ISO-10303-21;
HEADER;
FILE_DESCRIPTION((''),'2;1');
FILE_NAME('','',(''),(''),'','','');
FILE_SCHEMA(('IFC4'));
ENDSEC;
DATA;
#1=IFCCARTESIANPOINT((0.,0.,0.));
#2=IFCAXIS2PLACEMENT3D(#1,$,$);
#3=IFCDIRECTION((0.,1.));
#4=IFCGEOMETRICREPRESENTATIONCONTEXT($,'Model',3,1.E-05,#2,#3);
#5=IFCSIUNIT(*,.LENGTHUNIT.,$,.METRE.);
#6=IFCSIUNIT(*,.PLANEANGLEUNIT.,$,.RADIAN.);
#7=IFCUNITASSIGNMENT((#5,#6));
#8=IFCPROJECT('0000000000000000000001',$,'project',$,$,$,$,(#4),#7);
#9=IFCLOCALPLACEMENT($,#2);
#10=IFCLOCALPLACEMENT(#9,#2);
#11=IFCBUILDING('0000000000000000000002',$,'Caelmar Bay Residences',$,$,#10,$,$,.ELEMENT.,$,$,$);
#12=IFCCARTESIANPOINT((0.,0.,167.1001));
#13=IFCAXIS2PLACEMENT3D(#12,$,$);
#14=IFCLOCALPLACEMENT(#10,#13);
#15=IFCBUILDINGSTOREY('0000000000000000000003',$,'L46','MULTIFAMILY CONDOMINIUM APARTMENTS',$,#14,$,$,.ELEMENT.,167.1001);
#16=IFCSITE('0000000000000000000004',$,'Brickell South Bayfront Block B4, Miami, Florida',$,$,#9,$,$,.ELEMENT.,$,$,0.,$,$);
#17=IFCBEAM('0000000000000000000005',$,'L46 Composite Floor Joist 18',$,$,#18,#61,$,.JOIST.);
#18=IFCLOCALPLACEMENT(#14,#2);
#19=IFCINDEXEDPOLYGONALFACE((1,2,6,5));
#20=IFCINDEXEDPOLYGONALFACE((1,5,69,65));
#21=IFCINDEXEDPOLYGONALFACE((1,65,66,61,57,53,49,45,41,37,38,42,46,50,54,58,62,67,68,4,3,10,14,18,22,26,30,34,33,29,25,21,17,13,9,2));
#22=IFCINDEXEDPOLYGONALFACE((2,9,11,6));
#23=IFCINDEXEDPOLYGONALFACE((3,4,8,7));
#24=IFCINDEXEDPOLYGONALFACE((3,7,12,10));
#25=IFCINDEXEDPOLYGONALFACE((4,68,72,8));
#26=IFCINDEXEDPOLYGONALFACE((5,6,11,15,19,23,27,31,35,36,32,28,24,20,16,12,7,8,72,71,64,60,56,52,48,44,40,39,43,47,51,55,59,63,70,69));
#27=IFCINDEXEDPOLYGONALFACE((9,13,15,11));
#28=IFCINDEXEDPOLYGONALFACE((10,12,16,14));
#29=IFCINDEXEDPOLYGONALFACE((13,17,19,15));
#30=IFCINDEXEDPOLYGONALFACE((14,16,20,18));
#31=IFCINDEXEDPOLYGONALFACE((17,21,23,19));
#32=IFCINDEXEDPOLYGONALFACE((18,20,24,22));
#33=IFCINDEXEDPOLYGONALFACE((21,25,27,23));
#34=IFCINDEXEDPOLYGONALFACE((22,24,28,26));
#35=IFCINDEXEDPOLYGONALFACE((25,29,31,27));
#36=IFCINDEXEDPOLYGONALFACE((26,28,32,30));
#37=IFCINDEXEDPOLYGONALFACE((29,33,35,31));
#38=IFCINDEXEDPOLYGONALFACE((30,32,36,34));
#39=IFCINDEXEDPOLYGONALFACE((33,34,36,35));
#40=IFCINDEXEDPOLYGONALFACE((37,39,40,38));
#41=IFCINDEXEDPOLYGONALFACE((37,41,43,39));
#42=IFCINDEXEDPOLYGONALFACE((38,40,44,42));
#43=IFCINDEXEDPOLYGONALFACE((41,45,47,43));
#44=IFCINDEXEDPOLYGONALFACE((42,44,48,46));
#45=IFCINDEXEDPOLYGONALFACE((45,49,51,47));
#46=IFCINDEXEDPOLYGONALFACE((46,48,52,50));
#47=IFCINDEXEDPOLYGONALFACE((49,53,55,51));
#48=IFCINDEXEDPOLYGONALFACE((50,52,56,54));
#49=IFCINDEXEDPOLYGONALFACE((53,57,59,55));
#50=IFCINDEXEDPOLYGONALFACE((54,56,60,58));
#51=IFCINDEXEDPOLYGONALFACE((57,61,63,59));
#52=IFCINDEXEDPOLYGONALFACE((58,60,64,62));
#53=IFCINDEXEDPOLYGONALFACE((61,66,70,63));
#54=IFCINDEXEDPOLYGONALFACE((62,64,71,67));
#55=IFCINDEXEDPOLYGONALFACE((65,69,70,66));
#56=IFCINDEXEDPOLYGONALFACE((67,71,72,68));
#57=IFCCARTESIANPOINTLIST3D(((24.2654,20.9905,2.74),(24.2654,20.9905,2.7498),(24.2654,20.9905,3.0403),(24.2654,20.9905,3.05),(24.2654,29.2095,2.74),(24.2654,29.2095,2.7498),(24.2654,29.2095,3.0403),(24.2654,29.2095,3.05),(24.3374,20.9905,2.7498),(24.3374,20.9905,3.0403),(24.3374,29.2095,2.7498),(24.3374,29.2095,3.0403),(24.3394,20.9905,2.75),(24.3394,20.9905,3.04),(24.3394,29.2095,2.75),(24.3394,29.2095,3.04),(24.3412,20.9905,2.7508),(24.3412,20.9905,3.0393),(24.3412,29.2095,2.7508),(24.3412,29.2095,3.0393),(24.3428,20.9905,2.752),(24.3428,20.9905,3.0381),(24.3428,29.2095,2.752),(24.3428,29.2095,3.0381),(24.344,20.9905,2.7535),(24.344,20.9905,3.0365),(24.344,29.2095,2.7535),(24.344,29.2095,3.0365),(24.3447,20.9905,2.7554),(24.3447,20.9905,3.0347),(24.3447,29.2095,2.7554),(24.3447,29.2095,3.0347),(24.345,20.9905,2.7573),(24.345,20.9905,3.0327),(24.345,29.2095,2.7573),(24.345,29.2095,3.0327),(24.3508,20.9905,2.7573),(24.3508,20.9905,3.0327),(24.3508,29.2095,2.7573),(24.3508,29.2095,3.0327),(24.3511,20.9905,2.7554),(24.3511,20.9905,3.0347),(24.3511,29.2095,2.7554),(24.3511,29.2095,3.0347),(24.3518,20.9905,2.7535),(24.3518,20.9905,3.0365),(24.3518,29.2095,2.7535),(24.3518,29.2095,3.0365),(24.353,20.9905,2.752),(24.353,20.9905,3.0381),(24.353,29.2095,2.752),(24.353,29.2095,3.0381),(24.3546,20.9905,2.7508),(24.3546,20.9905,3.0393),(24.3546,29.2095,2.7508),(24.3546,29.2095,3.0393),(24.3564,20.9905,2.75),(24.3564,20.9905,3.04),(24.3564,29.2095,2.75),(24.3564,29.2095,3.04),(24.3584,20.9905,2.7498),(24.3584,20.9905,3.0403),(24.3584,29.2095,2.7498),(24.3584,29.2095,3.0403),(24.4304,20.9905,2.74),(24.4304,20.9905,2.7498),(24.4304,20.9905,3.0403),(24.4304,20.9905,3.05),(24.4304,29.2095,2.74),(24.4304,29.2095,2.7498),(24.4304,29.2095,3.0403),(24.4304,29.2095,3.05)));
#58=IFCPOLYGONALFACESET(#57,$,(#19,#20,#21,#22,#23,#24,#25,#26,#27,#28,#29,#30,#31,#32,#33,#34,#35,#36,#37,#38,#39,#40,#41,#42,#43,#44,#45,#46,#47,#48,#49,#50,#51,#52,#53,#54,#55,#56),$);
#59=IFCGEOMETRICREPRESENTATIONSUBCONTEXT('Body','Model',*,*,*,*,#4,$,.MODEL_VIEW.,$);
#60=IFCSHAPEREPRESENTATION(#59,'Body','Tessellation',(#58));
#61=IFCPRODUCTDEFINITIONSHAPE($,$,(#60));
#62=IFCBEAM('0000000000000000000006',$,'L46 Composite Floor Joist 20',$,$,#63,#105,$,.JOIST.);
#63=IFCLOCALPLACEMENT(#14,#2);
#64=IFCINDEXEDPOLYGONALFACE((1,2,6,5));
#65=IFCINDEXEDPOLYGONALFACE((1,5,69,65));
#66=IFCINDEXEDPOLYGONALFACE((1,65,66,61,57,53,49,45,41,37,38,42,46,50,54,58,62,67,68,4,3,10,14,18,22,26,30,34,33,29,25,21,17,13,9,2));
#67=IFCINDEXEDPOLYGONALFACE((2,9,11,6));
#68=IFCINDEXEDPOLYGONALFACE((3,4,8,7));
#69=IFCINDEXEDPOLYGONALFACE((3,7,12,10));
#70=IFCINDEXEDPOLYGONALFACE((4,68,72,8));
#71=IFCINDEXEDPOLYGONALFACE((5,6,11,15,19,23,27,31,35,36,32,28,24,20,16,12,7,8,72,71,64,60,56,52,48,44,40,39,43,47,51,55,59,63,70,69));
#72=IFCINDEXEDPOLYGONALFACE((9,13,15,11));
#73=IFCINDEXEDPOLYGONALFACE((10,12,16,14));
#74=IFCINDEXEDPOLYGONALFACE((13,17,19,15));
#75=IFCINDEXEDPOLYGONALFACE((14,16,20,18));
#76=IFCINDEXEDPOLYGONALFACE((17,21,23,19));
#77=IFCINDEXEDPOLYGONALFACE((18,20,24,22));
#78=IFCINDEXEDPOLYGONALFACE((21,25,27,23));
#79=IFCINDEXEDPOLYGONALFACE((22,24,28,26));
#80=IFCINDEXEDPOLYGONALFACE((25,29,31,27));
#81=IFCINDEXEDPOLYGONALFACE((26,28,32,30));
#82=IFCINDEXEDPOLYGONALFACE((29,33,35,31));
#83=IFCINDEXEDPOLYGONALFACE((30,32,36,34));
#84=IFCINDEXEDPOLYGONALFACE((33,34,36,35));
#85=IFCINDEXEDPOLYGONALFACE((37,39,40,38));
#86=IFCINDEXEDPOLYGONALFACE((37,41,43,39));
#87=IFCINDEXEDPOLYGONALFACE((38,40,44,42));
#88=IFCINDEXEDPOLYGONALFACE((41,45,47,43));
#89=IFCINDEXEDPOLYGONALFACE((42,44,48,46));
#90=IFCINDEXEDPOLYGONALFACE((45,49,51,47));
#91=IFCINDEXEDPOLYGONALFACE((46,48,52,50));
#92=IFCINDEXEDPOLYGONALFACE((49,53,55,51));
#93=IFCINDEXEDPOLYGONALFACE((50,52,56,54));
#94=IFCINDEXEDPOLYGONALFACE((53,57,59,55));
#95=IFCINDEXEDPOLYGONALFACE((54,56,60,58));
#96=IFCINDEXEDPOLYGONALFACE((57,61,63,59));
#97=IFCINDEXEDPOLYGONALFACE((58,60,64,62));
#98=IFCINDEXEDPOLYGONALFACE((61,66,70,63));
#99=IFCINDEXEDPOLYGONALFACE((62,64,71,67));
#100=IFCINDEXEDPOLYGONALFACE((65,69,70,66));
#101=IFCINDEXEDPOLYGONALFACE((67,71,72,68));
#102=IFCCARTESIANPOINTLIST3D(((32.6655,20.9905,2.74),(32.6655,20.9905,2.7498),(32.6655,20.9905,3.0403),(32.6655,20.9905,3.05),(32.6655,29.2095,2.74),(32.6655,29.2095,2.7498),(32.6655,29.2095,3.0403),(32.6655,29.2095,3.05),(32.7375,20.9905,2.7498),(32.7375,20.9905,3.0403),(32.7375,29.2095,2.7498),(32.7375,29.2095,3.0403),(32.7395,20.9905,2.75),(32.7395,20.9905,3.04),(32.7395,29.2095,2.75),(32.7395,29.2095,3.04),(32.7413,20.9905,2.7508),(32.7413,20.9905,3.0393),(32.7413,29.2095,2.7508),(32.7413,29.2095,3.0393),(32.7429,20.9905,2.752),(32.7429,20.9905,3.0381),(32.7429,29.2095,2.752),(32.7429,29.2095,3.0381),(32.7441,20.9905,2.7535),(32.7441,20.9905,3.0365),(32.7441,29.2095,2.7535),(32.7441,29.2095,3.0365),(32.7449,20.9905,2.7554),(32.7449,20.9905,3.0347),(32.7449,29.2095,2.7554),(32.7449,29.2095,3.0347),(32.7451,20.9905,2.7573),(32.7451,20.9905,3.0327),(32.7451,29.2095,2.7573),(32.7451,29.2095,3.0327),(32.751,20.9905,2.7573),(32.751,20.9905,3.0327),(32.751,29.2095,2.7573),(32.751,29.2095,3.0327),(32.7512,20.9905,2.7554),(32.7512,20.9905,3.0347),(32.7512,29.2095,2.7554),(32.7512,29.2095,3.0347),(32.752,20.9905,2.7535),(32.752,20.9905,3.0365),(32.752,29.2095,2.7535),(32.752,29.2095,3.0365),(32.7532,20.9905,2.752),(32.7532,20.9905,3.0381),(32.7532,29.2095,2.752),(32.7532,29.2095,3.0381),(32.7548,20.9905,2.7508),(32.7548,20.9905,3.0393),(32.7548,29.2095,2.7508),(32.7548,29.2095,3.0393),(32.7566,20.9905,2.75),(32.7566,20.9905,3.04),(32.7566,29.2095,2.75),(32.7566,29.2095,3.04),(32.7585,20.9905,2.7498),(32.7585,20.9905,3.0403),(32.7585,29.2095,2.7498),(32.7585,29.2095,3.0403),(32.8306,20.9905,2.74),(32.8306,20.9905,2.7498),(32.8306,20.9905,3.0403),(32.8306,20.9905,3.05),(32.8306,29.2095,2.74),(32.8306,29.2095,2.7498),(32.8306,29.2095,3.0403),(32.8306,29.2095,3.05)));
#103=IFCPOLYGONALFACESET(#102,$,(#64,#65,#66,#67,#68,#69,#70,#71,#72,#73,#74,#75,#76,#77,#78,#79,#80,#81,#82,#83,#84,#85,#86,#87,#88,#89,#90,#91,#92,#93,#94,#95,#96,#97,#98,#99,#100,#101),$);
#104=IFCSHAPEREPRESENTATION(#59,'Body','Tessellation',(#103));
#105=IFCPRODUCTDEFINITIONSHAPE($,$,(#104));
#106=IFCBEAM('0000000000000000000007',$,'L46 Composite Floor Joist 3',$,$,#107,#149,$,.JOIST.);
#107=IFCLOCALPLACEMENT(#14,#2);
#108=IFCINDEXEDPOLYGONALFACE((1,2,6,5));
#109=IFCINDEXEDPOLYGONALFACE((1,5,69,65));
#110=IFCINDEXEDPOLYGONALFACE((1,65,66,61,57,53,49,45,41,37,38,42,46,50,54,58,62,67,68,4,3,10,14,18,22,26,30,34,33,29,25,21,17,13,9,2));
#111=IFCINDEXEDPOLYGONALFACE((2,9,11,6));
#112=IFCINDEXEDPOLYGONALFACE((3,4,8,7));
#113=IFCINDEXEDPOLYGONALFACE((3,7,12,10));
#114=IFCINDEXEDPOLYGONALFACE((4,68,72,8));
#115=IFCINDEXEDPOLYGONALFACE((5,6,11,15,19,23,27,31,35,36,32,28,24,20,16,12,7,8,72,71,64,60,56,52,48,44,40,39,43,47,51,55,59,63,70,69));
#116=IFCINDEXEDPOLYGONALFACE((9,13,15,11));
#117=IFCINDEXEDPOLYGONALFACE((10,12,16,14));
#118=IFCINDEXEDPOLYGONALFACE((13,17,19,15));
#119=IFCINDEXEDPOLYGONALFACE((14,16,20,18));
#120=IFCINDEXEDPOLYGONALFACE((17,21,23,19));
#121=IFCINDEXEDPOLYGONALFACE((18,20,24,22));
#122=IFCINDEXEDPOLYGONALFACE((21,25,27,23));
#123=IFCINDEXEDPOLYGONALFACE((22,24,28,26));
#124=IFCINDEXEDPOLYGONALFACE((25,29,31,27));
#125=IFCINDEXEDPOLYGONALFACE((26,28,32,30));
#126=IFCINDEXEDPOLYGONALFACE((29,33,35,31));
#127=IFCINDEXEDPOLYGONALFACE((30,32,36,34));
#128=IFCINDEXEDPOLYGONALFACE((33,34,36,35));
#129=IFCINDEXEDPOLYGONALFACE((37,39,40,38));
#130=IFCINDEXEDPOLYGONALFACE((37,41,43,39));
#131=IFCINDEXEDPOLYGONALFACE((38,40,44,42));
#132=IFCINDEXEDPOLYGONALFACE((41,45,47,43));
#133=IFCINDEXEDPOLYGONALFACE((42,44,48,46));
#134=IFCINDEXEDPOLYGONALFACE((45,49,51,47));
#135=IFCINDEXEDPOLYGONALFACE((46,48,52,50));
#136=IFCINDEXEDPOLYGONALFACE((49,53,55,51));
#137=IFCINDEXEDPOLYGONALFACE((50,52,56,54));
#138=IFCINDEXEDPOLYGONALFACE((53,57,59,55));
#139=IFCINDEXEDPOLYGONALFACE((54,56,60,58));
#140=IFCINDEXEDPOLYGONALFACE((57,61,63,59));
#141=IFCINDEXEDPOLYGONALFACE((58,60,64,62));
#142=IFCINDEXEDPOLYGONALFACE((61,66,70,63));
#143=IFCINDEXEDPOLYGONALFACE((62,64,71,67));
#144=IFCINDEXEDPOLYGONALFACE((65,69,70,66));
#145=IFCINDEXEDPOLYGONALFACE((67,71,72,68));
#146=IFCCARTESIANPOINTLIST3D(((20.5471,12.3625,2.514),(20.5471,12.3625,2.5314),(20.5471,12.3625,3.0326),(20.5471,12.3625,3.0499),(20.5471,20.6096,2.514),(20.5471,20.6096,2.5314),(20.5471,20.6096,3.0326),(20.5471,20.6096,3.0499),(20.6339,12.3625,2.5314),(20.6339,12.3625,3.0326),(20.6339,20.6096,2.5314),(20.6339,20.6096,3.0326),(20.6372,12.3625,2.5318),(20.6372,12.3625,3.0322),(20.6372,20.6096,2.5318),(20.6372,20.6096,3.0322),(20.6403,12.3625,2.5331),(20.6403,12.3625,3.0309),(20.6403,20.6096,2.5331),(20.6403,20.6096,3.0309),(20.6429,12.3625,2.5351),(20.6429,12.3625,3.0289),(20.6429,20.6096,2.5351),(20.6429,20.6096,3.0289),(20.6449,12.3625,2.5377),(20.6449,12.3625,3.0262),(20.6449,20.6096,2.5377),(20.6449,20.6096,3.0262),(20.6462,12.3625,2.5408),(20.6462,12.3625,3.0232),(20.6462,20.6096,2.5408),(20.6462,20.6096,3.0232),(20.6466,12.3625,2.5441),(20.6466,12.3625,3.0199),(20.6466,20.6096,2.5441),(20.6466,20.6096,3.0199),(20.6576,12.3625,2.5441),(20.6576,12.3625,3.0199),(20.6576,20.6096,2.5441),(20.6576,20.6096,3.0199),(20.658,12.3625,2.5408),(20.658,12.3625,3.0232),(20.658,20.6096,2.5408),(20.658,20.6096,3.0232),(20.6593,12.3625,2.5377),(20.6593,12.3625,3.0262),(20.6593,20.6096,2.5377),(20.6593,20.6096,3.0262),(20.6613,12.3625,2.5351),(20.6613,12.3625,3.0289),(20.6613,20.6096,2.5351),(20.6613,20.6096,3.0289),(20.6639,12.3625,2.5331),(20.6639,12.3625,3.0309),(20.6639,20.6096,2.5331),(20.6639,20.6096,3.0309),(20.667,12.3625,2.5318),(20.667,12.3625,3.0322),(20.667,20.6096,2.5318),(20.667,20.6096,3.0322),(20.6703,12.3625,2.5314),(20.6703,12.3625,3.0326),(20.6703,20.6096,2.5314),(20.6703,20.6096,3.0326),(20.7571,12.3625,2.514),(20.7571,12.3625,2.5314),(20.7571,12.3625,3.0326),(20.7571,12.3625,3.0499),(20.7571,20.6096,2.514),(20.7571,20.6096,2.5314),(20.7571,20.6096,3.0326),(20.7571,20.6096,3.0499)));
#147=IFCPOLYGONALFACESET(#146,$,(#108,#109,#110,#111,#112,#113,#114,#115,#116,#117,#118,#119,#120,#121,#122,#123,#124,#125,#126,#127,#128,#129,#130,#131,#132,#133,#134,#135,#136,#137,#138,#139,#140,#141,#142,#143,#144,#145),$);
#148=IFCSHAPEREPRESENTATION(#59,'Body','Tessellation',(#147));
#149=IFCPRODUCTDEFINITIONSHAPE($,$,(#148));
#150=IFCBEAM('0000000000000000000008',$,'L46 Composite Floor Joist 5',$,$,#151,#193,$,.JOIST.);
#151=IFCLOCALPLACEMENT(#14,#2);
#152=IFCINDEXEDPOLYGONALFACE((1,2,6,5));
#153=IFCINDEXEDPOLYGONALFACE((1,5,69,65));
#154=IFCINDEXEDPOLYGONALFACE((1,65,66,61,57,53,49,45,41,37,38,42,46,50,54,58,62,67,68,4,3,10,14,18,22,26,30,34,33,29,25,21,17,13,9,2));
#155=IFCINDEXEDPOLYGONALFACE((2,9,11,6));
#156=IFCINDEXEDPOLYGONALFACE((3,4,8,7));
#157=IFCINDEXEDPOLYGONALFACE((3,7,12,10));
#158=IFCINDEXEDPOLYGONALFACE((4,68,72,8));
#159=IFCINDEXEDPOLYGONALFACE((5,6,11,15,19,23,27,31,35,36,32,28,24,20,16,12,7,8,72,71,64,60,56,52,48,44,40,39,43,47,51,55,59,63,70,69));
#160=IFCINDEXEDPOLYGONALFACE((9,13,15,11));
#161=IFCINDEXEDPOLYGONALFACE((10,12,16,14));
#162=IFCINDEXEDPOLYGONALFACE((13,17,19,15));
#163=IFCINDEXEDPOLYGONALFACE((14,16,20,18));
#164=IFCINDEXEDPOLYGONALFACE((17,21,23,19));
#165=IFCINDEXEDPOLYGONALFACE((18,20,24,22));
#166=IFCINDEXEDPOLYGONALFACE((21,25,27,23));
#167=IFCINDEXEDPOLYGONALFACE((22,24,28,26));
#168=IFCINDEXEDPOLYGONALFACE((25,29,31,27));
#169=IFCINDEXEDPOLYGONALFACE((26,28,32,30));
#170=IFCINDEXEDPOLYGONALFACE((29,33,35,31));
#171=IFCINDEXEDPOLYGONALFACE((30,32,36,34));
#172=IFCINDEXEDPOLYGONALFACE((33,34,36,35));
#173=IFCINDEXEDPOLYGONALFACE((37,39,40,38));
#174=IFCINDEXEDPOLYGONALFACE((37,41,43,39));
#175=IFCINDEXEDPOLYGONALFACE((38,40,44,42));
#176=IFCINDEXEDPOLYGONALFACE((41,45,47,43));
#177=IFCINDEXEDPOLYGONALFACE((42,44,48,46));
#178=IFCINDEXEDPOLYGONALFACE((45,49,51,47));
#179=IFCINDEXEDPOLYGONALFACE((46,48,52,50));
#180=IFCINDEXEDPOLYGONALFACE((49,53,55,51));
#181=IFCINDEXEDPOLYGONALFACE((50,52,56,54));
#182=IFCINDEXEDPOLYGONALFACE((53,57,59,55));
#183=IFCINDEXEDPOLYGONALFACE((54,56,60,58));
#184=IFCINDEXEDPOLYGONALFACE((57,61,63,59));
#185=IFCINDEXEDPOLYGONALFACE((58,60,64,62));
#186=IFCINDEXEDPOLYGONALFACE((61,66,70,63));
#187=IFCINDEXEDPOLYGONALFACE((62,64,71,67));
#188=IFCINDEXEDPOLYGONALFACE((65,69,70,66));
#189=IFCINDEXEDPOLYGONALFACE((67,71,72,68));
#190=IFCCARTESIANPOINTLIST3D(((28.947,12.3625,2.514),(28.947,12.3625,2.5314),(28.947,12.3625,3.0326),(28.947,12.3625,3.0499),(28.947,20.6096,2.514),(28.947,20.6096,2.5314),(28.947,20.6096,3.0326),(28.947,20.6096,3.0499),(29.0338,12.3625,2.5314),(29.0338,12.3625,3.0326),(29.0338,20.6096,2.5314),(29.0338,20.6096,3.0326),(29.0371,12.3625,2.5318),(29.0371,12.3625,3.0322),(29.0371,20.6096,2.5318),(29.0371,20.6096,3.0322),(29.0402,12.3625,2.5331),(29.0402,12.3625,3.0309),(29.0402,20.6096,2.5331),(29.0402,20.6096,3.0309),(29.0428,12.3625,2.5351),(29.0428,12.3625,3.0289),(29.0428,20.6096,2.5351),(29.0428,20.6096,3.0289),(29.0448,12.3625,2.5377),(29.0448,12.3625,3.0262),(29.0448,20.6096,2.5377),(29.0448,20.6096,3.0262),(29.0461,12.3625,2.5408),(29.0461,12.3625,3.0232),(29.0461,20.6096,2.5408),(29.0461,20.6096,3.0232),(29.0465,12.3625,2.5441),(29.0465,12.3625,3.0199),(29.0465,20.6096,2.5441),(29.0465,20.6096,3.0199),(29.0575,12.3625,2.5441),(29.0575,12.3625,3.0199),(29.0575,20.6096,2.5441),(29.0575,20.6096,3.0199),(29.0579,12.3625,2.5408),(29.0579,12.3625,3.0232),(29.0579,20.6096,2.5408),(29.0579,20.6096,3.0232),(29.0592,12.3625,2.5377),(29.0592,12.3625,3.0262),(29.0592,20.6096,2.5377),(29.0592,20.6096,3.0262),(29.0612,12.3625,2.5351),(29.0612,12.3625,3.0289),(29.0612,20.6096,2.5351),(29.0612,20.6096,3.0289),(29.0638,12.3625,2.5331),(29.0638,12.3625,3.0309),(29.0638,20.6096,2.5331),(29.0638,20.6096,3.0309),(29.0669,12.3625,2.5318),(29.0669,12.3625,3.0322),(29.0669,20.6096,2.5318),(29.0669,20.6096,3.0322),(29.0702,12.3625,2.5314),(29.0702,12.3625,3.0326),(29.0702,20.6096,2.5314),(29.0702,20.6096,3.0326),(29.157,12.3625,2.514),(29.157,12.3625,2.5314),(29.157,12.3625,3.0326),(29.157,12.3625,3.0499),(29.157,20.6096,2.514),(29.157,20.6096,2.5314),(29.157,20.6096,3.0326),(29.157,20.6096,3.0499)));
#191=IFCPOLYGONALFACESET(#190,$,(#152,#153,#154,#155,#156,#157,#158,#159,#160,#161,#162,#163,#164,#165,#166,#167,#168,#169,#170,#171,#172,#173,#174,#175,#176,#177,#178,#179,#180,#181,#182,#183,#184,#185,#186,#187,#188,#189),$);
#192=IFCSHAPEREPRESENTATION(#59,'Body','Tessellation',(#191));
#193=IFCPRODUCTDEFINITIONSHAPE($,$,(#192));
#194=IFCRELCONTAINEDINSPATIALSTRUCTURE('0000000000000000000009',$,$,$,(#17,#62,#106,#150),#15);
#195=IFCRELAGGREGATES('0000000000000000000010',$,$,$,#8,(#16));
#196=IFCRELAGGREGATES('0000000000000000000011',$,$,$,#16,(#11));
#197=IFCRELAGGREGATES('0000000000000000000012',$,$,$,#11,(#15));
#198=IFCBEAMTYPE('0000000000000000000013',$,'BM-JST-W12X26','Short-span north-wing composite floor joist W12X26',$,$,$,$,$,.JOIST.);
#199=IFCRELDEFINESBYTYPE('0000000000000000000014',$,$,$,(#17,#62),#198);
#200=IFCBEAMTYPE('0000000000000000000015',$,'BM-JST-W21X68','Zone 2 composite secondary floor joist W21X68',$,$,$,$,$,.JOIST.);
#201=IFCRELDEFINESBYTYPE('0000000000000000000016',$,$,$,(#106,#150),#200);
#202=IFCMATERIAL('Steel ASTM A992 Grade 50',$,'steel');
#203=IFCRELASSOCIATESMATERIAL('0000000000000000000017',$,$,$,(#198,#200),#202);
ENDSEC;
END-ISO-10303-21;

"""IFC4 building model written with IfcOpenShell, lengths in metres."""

from ifc_helpers import new_model, si_unit, direction, frame, origin, origin_2d, place, context, subcontext, project, spatial, i_section, extrude, material, material_profile, profile_set, type_object, element, save


model = new_model("IFC4")

# Units and contexts
model_context = context("Model", 3, precision=1e-05, world=origin(), true_north=direction((0.0, 1.0)))
body_context = subcontext(model_context, "Body", "Model", "MODEL_VIEW")
ifc_project = project(units=[si_unit("LENGTHUNIT", "METRE"), si_unit("PLANEANGLEUNIT", "RADIAN")], contexts=[model_context])

# Site, building, storey
site_placement = place(None, origin())
site = spatial("IfcSite", under=ifc_project, at=site_placement, Name="Brickell South Bayfront Block B4, Miami, Florida", CompositionType="ELEMENT", RefElevation=0.0)
building_placement = place(site_placement, origin())
building = spatial("IfcBuilding", under=site, at=building_placement, Name="Caelmar Bay Residences", CompositionType="ELEMENT")
storey_placement = place(building_placement, frame((0.0, 0.0, 167.1001)))
storey = spatial("IfcBuildingStorey", under=building, at=storey_placement, Name="L46", Description="MULTIFAMILY CONDOMINIUM APARTMENTS", CompositionType="ELEMENT", Elevation=167.1001)

# Beams
ifc_material_1 = material(Name="Steel ASTM A992 Grade 50", Category="steel")
ifc_material_profile_1 = material_profile(ifc_material_1, i_section(OverallWidth=0.165, OverallDepth=0.3101, WebThickness=0.0059, FlangeThickness=0.0098, FilletRadius=0.0076, at=origin_2d()), Name="W12X26")
ifc_profile_set_1 = profile_set([ifc_material_profile_1], Name="Steel ASTM A992 Grade 50")
beam_type_1 = type_object("IfcBeamType", Name="BM-JST-W12X26", Description="Short-span north-wing composite floor joist W12X26", PredefinedType="JOIST", material=ifc_profile_set_1)
for number, where, z_axis, x_axis, name in (
    (1, (24.3479, 20.9905, 2.895), (0.0, 1.0, 0.0), (-1.0, 0.0, 0.0), "L46 Composite Floor Joist 18"),
    (2, (32.748, 20.9905, 2.895), (0.0, 1.0, 0.0), (-1.0, 0.0, 0.0), "L46 Composite Floor Joist 20"),
):
    element("IfcBeam", number, at=place(storey_placement, frame(where, z_axis=z_axis, x_axis=x_axis)), inside=storey, type_object=beam_type_1, Name=name, PredefinedType="JOIST", context=body_context, shape_type="SweptSolid", body=[
        extrude(i_section(OverallWidth=0.165, OverallDepth=0.3101, WebThickness=0.0059, FlangeThickness=0.0098, FilletRadius=0.0076, at=origin_2d()), origin(), (0.0, 0.0, 1.0), 8.219),
    ])
ifc_material_profile_2 = material_profile(ifc_material_1, i_section(OverallWidth=0.21, OverallDepth=0.5359, WebThickness=0.011, FlangeThickness=0.0173, FilletRadius=0.0127, at=origin_2d()), Name="W21X68")
ifc_profile_set_2 = profile_set([ifc_material_profile_2], Name="Steel ASTM A992 Grade 50")
beam_type_2 = type_object("IfcBeamType", Name="BM-JST-W21X68", Description="Zone 2 composite secondary floor joist W21X68", PredefinedType="JOIST", material=ifc_profile_set_2)
for number, where, z_axis, x_axis, name in (
    (3, (20.6521, 12.3625, 2.782), (0.0, 1.0, 0.0), (-1.0, 0.0, 0.0), "L46 Composite Floor Joist 3"),
    (4, (29.052, 12.3625, 2.782), (0.0, 1.0, 0.0), (-1.0, 0.0, 0.0), "L46 Composite Floor Joist 5"),
):
    element("IfcBeam", number, at=place(storey_placement, frame(where, z_axis=z_axis, x_axis=x_axis)), inside=storey, type_object=beam_type_2, Name=name, PredefinedType="JOIST", context=body_context, shape_type="SweptSolid", body=[
        extrude(i_section(OverallWidth=0.21, OverallDepth=0.5359, WebThickness=0.011, FlangeThickness=0.0173, FilletRadius=0.0127, at=origin_2d()), origin(), (0.0, 0.0, 1.0), 8.2471),
    ])

save(model, "model.ifc")
